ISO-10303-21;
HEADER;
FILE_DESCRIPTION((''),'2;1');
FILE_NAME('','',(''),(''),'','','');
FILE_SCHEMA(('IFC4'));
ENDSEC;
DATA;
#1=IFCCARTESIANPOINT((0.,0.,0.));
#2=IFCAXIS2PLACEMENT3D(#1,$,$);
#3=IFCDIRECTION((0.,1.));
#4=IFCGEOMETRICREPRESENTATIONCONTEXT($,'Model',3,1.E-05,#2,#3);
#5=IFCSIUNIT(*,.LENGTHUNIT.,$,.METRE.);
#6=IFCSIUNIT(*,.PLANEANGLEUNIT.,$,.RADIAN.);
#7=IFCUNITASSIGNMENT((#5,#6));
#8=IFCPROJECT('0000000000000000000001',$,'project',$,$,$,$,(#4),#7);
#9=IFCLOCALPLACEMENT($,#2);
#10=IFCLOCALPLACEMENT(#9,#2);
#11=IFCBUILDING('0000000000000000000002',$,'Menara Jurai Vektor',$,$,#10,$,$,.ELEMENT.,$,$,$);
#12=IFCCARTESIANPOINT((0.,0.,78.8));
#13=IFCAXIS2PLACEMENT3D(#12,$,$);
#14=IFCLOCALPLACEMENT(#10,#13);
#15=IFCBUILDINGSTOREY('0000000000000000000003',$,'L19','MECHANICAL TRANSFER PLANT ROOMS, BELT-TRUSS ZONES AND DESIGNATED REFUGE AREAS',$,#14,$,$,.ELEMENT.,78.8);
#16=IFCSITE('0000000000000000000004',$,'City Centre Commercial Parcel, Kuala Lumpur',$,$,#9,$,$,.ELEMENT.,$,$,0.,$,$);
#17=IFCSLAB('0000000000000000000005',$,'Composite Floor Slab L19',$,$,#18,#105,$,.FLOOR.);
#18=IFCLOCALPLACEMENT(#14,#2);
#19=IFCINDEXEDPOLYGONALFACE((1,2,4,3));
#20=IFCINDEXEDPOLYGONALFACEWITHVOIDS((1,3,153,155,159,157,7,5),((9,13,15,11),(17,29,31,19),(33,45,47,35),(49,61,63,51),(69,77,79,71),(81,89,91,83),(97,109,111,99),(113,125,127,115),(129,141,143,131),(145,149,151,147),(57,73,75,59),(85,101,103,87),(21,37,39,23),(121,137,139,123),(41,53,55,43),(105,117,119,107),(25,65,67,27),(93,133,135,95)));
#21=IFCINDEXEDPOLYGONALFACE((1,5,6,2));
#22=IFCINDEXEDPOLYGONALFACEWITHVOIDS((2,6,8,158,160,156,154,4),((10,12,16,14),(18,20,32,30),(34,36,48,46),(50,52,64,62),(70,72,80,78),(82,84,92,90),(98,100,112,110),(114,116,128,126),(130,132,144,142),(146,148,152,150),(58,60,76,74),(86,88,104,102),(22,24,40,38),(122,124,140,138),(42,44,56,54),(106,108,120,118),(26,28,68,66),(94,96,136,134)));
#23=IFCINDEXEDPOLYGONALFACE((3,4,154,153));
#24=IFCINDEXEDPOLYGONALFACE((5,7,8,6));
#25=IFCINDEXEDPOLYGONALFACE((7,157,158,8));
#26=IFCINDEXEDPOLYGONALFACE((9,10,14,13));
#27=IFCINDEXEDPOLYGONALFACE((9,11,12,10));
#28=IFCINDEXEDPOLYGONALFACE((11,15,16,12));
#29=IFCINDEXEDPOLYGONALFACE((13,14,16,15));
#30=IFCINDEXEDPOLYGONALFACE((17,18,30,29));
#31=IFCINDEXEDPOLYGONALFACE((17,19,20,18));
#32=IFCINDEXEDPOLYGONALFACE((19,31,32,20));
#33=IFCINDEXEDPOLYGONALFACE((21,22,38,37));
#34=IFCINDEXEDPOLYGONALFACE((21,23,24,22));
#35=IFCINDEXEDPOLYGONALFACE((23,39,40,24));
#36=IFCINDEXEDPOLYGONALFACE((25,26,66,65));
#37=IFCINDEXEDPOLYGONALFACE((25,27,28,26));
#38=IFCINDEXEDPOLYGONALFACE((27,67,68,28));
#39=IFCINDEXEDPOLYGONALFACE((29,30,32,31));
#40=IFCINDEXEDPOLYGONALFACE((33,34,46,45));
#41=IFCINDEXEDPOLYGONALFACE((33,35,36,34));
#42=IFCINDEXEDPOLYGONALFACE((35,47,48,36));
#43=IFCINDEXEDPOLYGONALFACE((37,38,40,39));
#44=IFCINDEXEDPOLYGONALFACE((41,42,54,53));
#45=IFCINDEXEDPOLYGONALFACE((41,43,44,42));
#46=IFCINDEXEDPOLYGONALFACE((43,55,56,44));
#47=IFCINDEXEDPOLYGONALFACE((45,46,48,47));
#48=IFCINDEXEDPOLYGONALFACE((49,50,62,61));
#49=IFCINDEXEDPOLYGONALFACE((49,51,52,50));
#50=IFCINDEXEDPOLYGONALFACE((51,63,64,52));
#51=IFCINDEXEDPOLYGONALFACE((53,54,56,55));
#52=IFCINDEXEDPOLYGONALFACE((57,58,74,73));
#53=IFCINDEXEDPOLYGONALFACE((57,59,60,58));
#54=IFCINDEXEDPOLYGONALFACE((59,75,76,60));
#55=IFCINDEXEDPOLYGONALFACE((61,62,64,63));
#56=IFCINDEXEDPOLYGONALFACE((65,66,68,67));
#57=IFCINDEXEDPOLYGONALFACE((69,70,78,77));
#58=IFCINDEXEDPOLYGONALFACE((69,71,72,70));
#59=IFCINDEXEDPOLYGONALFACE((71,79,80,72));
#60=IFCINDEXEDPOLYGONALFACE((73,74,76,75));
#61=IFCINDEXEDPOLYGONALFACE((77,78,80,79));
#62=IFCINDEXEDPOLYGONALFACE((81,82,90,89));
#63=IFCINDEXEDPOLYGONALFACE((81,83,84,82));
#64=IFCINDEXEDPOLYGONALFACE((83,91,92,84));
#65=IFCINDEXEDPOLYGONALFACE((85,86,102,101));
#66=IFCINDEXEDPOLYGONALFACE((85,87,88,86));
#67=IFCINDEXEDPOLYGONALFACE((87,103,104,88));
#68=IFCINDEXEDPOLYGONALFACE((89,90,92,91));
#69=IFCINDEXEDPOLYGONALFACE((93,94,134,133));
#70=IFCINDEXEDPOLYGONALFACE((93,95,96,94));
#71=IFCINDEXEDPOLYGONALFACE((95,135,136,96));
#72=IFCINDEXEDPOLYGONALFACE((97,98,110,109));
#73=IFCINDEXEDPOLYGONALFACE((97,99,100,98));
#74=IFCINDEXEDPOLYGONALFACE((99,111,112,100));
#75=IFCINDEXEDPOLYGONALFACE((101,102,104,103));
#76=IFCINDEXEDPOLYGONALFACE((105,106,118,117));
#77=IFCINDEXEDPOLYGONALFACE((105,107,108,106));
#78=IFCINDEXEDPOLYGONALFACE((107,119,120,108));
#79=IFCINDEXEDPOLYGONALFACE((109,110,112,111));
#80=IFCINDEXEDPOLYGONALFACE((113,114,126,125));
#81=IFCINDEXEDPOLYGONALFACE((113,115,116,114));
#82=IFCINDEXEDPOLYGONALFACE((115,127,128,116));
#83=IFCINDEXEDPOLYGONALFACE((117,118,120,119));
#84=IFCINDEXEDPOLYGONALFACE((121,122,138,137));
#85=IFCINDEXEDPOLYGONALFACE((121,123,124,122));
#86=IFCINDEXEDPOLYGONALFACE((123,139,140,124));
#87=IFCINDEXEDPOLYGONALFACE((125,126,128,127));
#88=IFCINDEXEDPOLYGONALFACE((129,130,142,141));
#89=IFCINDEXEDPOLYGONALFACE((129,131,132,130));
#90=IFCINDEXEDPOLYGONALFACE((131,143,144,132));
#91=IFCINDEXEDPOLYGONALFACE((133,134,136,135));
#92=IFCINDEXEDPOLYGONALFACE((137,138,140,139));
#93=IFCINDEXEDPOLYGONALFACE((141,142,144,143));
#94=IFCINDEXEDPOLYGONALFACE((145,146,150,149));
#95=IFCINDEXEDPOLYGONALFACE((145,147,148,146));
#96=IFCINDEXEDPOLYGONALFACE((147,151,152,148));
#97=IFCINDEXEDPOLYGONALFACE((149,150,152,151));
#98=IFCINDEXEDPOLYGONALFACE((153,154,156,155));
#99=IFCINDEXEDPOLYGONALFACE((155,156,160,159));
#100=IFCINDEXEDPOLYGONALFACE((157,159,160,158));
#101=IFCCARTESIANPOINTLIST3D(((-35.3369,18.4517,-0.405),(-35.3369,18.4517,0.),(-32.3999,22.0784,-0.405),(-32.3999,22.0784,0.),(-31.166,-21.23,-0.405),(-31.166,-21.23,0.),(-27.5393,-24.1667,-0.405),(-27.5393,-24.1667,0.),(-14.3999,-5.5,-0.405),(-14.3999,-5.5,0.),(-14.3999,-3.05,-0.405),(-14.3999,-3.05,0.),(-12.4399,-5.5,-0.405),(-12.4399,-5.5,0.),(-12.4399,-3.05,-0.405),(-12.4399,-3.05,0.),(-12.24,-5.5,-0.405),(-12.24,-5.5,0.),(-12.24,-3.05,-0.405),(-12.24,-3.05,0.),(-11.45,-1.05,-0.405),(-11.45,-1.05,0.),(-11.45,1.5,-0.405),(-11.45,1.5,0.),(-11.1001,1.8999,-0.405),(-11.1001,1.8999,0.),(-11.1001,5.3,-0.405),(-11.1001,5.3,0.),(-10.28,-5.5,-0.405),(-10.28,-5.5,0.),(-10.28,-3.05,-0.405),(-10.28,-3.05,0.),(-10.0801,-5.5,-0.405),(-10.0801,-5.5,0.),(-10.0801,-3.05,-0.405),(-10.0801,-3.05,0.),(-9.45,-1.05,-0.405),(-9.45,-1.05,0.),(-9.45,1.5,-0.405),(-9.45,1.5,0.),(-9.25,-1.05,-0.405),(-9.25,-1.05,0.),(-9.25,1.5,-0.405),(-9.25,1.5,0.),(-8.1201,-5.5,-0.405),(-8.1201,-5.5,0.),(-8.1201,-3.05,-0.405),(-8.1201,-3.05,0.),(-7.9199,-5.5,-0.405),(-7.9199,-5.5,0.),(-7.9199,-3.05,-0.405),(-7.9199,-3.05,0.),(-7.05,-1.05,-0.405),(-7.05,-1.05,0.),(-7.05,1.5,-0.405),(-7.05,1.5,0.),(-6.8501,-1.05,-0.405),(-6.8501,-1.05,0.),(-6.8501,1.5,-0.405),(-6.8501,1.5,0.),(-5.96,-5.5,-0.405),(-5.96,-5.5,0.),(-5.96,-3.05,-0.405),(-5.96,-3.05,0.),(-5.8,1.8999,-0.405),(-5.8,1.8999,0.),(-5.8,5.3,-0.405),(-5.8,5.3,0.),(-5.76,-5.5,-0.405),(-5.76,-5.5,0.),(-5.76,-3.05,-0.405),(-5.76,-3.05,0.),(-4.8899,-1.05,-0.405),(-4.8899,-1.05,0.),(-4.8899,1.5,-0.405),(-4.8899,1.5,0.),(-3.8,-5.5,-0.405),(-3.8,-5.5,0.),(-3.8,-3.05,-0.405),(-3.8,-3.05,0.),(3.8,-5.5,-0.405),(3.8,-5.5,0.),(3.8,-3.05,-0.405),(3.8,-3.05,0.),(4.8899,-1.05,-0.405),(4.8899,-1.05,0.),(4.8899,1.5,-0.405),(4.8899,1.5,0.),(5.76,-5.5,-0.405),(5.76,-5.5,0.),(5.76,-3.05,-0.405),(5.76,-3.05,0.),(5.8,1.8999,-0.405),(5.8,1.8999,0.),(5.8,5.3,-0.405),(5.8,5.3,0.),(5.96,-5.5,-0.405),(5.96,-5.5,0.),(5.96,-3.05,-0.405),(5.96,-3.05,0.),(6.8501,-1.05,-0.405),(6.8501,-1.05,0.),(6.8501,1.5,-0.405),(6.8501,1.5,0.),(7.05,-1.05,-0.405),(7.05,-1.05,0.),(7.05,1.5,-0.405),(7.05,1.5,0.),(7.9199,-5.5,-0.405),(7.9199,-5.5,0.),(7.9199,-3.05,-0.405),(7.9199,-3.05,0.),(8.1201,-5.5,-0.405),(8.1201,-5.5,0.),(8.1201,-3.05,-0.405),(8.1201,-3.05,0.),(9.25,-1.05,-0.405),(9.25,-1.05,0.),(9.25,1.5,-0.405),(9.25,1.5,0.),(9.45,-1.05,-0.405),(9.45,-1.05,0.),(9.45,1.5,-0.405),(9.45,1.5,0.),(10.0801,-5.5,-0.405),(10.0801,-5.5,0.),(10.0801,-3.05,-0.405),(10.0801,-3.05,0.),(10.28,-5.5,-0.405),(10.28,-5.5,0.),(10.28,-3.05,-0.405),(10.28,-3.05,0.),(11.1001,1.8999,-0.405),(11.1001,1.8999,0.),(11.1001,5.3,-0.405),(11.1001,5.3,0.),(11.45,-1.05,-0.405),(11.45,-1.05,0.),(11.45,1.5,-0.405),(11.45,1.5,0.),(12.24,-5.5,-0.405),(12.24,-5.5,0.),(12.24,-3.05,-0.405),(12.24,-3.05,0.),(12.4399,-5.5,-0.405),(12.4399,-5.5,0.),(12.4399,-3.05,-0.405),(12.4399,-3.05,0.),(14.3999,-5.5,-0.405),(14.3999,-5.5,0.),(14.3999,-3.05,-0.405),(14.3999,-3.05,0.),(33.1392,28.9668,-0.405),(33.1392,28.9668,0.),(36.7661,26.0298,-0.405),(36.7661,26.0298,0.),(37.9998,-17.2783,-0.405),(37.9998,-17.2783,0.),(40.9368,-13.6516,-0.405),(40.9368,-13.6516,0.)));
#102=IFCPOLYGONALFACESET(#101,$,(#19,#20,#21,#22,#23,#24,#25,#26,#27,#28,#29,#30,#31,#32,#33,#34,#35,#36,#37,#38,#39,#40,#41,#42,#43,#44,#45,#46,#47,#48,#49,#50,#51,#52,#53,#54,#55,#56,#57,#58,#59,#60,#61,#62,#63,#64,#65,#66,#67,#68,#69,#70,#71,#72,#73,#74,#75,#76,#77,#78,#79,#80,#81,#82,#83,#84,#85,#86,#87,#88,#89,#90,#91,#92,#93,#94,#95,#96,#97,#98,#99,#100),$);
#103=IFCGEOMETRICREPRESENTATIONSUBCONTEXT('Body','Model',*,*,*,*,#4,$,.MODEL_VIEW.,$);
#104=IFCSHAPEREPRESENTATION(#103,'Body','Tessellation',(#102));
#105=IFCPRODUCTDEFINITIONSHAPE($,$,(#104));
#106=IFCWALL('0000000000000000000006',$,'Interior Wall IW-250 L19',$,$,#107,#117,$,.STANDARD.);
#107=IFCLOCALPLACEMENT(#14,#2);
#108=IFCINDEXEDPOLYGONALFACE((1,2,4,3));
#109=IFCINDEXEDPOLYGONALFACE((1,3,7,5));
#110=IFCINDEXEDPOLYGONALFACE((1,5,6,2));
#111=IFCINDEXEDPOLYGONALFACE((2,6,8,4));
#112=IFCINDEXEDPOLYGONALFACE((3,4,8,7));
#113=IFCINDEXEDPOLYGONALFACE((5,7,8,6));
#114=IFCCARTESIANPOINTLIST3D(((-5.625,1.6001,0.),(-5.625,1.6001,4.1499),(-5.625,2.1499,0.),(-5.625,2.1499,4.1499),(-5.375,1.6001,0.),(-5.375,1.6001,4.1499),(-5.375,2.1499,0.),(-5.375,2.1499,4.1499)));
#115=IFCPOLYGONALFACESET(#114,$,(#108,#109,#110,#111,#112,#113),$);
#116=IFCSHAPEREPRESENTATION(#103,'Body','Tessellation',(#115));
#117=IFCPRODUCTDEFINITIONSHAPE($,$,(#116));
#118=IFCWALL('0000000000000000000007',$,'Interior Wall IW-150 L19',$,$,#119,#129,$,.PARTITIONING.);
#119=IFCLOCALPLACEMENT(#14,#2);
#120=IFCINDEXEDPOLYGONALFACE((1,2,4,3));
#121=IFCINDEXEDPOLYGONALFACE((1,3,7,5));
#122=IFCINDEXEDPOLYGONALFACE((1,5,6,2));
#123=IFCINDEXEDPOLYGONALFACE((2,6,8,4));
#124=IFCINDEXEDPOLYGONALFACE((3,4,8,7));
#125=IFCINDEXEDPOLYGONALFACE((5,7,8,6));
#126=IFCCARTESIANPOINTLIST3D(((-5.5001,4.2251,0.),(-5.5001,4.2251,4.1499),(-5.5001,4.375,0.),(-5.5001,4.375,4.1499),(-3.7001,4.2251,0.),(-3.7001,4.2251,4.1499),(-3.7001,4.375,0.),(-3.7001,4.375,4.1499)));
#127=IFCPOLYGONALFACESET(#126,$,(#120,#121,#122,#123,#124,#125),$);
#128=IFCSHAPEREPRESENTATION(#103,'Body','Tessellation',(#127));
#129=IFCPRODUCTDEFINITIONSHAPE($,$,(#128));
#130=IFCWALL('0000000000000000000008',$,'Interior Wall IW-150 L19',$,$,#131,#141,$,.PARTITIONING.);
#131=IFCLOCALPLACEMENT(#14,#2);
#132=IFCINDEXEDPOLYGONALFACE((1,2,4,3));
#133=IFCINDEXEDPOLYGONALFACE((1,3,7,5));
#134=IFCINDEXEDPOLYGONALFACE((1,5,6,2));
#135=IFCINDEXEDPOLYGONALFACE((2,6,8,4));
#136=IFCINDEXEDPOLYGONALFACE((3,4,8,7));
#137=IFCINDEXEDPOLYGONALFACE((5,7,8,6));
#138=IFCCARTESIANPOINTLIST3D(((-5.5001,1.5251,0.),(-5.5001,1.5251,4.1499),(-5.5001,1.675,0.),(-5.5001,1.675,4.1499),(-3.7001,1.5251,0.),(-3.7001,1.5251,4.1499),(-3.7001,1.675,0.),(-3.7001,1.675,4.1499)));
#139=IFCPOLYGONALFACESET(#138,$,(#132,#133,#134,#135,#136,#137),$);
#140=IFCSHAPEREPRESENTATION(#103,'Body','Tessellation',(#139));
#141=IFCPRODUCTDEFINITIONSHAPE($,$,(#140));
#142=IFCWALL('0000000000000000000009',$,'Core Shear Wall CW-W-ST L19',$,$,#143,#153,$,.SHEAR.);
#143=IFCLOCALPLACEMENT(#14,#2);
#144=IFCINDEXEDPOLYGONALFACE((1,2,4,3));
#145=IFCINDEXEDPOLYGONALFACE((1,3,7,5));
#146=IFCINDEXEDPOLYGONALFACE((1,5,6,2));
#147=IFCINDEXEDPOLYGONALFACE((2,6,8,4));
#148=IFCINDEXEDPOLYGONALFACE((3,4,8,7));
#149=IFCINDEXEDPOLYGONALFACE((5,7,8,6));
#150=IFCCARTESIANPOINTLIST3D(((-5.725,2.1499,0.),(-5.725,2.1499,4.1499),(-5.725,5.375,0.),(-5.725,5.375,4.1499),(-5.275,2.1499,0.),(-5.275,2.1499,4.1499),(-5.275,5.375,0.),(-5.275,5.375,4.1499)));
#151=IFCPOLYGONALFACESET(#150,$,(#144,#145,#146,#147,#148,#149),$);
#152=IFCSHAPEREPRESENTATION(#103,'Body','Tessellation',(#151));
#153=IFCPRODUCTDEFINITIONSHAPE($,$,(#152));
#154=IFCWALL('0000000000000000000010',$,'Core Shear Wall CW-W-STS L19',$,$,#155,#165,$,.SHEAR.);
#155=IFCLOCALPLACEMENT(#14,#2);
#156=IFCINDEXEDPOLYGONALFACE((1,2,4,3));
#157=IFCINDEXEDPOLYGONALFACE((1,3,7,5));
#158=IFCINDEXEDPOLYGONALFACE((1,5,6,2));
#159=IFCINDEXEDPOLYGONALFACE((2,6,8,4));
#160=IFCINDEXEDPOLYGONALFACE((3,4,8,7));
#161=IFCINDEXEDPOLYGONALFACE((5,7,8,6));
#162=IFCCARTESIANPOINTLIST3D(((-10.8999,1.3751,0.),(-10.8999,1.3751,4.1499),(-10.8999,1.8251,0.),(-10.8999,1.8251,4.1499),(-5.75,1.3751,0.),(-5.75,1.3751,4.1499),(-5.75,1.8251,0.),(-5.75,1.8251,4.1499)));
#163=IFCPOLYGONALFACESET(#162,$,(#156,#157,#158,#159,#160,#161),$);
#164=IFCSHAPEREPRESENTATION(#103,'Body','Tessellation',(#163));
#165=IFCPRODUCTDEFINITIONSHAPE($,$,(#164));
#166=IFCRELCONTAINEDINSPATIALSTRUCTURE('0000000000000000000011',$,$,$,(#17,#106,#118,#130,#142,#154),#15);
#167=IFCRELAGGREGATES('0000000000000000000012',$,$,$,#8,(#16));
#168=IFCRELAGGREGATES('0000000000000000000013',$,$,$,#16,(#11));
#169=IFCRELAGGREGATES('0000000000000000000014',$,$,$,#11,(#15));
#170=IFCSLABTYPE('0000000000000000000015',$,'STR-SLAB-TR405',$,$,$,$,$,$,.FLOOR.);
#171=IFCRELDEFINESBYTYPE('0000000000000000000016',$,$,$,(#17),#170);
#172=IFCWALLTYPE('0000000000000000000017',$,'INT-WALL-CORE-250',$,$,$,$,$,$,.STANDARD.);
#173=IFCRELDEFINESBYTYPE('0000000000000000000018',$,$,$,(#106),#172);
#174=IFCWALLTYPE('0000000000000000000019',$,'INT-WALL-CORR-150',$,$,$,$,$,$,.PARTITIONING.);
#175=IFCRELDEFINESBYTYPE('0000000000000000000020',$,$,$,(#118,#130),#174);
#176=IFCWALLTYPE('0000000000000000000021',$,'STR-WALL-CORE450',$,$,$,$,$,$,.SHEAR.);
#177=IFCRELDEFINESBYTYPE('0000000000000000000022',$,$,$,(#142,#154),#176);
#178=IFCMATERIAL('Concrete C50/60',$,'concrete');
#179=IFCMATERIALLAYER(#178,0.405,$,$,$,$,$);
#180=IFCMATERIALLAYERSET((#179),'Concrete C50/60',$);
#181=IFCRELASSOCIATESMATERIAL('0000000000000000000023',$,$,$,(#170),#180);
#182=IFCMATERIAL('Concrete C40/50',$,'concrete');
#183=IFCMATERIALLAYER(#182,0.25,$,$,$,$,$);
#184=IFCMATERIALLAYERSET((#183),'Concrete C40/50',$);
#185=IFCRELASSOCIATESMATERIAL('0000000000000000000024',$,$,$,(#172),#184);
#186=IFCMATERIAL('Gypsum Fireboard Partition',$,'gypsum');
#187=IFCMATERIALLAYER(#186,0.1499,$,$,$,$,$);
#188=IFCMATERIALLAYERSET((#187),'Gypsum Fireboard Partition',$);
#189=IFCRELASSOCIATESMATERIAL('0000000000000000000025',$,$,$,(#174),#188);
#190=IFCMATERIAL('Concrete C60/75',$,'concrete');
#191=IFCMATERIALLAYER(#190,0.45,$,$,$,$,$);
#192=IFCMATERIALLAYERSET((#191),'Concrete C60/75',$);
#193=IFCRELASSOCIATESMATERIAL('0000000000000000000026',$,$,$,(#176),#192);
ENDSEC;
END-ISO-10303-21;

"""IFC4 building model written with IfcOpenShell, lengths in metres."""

from ifc_helpers import new_model, si_unit, direction, frame, frame_2d, origin, place, context, subcontext, project, spatial, polyline, rectangle, outline, extrude, material, layer, layer_set, type_object, element, save


model = new_model("IFC4")

# Units and contexts
model_context = context("Model", 3, precision=1e-05, world=origin(), true_north=direction((0.0, 1.0)))
body_context = subcontext(model_context, "Body", "Model", "MODEL_VIEW")
ifc_project = project(units=[si_unit("LENGTHUNIT", "METRE"), si_unit("PLANEANGLEUNIT", "RADIAN")], contexts=[model_context])

# Site, building, storey
site_placement = place(None, origin())
site = spatial("IfcSite", under=ifc_project, at=site_placement, Name="City Centre Commercial Parcel, Kuala Lumpur", CompositionType="ELEMENT", RefElevation=0.0)
building_placement = place(site_placement, origin())
building = spatial("IfcBuilding", under=site, at=building_placement, Name="Menara Jurai Vektor", CompositionType="ELEMENT")
storey_placement = place(building_placement, frame((0.0, 0.0, 78.8)))
storey = spatial("IfcBuildingStorey", under=building, at=storey_placement, Name="L19", Description="MECHANICAL TRANSFER PLANT ROOMS, BELT-TRUSS ZONES AND DESIGNATED REFUGE AREAS", CompositionType="ELEMENT", Elevation=78.8)

# Shared definitions
ifc_material_1 = material(Name="Concrete C60/75", Category="concrete")

# Shared definitions
ifc_material_2 = material(Name="Concrete C40/50", Category="concrete")

# Slab
ifc_material_3 = material(Name="Concrete C50/60", Category="concrete")
ifc_layer_1 = layer(ifc_material_3, 0.405)
ifc_layer_set_1 = layer_set([ifc_layer_1], Name="Concrete C50/60")
slab_type_1 = type_object("IfcSlabType", Name="STR-SLAB-TR405", PredefinedType="FLOOR", material=ifc_layer_set_1)
slab_1_placement = place(storey_placement, frame((0.0, 0.0, -0.405)))
element("IfcSlab", 1, at=slab_1_placement, inside=storey, type_object=slab_type_1, Name="Composite Floor Slab L19", PredefinedType="FLOOR", context=body_context, shape_type="SweptSolid", body=[
    extrude(outline(polyline([(-27.5393, -24.1667), (37.9998, -17.2783), (40.9368, -13.6516), (36.7661, 26.0298), (33.1392, 28.9668), (-32.3999, 22.0784), (-35.3369, 18.4517), (-31.166, -21.23), (-27.5393, -24.1667)]), holes=[polyline([(-11.1001, 1.8999), (-11.1001, 5.3), (-5.8, 5.3), (-5.8, 1.8999), (-11.1001, 1.8999)]), polyline([(5.8, 1.8999), (5.8, 5.3), (11.1001, 5.3), (11.1001, 1.8999), (5.8, 1.8999)]), polyline([(-11.45, -1.05), (-11.45, 1.5), (-9.45, 1.5), (-9.45, -1.05), (-11.45, -1.05)]), polyline([(9.45, -1.05), (9.45, 1.5), (11.45, 1.5), (11.45, -1.05), (9.45, -1.05)]), polyline([(-5.76, -5.5), (-5.76, -3.05), (-3.8, -3.05), (-3.8, -5.5), (-5.76, -5.5)]), polyline([(-6.8501, -1.05), (-6.8501, 1.5), (-4.8899, 1.5), (-4.8899, -1.05), (-6.8501, -1.05)]), polyline([(3.8, -5.5), (3.8, -3.05), (5.76, -3.05), (5.76, -5.5), (3.8, -5.5)]), polyline([(4.8899, -1.05), (4.8899, 1.5), (6.8501, 1.5), (6.8501, -1.05), (4.8899, -1.05)]), polyline([(-14.3999, -5.5), (-14.3999, -3.05), (-12.4399, -3.05), (-12.4399, -5.5), (-14.3999, -5.5)]), polyline([(-12.24, -5.5), (-12.24, -3.05), (-10.28, -3.05), (-10.28, -5.5), (-12.24, -5.5)]), polyline([(10.28, -5.5), (10.28, -3.05), (12.24, -3.05), (12.24, -5.5), (10.28, -5.5)]), polyline([(12.4399, -5.5), (12.4399, -3.05), (14.3999, -3.05), (14.3999, -5.5), (12.4399, -5.5)]), polyline([(-10.0801, -5.5), (-10.0801, -3.05), (-8.1201, -3.05), (-8.1201, -5.5), (-10.0801, -5.5)]), polyline([(-7.9199, -5.5), (-7.9199, -3.05), (-5.96, -3.05), (-5.96, -5.5), (-7.9199, -5.5)]), polyline([(5.96, -5.5), (5.96, -3.05), (7.9199, -3.05), (7.9199, -5.5), (5.96, -5.5)]), polyline([(8.1201, -5.5), (8.1201, -3.05), (10.0801, -3.05), (10.0801, -5.5), (8.1201, -5.5)]), polyline([(-9.25, -1.05), (-9.25, 1.5), (-7.05, 1.5), (-7.05, -1.05), (-9.25, -1.05)]), polyline([(7.05, -1.05), (7.05, 1.5), (9.25, 1.5), (9.25, -1.05), (7.05, -1.05)])]), origin(), (0.0, 0.0, 1.0), 0.405),
])

# Shared definitions
ifc_layer_2 = layer(ifc_material_2, 0.25)
ifc_layer_set_2 = layer_set([ifc_layer_2], Name="Concrete C40/50")
wall_type_1 = type_object("IfcWallType", Name="INT-WALL-CORE-250", PredefinedType="STANDARD", material=ifc_layer_set_2)

# Walls
wall_1_placement = place(storey_placement, frame((-5.5, 1.6001, 0.0), z_axis=(0.0, 0.0, 1.0), x_axis=(0.0, 1.0, 0.0)))
element("IfcWall", 2, at=wall_1_placement, inside=storey, type_object=wall_type_1, Name="Interior Wall IW-250 L19", PredefinedType="STANDARD", context=body_context, shape_type="SweptSolid", body=[
    extrude(rectangle(XDim=0.5498, YDim=0.25, at=frame_2d((0.2749, 0.0))), origin(), (0.0, 0.0, 1.0), 4.1499),
])
ifc_material_4 = material(Name="Gypsum Fireboard Partition", Category="gypsum")
ifc_layer_3 = layer(ifc_material_4, 0.1499)
ifc_layer_set_3 = layer_set([ifc_layer_3], Name="Gypsum Fireboard Partition")
wall_type_2 = type_object("IfcWallType", Name="INT-WALL-CORR-150", PredefinedType="PARTITIONING", material=ifc_layer_set_3)
for number, where, z_axis, x_axis, name in (
    (3, (-5.5, 4.3, 0.0), (0.0, 0.0, 1.0), (1.0, 0.0, 0.0), "Interior Wall IW-150 L19"),
    (4, (-5.5, 1.6001, 0.0), (0.0, 0.0, 1.0), (1.0, 0.0, 0.0), "Interior Wall IW-150 L19"),
):
    element("IfcWall", number, at=place(storey_placement, frame(where, z_axis=z_axis, x_axis=x_axis)), inside=storey, type_object=wall_type_2, Name=name, PredefinedType="PARTITIONING", context=body_context, shape_type="SweptSolid", body=[
        extrude(rectangle(XDim=1.8, YDim=0.1499, at=frame_2d((0.8999, 0.0))), origin(), (0.0, 0.0, 1.0), 4.1499),
    ])

# Walls
ifc_layer_4 = layer(ifc_material_1, 0.45)
ifc_layer_set_4 = layer_set([ifc_layer_4], Name="Concrete C60/75")
wall_type_3 = type_object("IfcWallType", Name="STR-WALL-CORE450", PredefinedType="SHEAR", material=ifc_layer_set_4)
wall_2_placement = place(storey_placement, frame((-5.5, 2.1499, 0.0), z_axis=(0.0, 0.0, 1.0), x_axis=(0.0, 1.0, 0.0)))
element("IfcWall", 5, at=wall_2_placement, inside=storey, type_object=wall_type_3, Name="Core Shear Wall CW-W-ST L19", PredefinedType="SHEAR", context=body_context, shape_type="SweptSolid", body=[
    extrude(rectangle(XDim=3.2251, YDim=0.45, at=frame_2d((1.6125, 0.0))), origin(), (0.0, 0.0, 1.0), 4.1499),
])
wall_3_placement = place(storey_placement, frame((-10.8999, 1.6001, 0.0), z_axis=(0.0, 0.0, 1.0), x_axis=(1.0, 0.0, 0.0)))
element("IfcWall", 6, at=wall_3_placement, inside=storey, type_object=wall_type_3, Name="Core Shear Wall CW-W-STS L19", PredefinedType="SHEAR", context=body_context, shape_type="SweptSolid", body=[
    extrude(rectangle(XDim=5.1499, YDim=0.45, at=frame_2d((2.575, 0.0))), origin(), (0.0, 0.0, 1.0), 4.1499),
])

save(model, "model.ifc")
